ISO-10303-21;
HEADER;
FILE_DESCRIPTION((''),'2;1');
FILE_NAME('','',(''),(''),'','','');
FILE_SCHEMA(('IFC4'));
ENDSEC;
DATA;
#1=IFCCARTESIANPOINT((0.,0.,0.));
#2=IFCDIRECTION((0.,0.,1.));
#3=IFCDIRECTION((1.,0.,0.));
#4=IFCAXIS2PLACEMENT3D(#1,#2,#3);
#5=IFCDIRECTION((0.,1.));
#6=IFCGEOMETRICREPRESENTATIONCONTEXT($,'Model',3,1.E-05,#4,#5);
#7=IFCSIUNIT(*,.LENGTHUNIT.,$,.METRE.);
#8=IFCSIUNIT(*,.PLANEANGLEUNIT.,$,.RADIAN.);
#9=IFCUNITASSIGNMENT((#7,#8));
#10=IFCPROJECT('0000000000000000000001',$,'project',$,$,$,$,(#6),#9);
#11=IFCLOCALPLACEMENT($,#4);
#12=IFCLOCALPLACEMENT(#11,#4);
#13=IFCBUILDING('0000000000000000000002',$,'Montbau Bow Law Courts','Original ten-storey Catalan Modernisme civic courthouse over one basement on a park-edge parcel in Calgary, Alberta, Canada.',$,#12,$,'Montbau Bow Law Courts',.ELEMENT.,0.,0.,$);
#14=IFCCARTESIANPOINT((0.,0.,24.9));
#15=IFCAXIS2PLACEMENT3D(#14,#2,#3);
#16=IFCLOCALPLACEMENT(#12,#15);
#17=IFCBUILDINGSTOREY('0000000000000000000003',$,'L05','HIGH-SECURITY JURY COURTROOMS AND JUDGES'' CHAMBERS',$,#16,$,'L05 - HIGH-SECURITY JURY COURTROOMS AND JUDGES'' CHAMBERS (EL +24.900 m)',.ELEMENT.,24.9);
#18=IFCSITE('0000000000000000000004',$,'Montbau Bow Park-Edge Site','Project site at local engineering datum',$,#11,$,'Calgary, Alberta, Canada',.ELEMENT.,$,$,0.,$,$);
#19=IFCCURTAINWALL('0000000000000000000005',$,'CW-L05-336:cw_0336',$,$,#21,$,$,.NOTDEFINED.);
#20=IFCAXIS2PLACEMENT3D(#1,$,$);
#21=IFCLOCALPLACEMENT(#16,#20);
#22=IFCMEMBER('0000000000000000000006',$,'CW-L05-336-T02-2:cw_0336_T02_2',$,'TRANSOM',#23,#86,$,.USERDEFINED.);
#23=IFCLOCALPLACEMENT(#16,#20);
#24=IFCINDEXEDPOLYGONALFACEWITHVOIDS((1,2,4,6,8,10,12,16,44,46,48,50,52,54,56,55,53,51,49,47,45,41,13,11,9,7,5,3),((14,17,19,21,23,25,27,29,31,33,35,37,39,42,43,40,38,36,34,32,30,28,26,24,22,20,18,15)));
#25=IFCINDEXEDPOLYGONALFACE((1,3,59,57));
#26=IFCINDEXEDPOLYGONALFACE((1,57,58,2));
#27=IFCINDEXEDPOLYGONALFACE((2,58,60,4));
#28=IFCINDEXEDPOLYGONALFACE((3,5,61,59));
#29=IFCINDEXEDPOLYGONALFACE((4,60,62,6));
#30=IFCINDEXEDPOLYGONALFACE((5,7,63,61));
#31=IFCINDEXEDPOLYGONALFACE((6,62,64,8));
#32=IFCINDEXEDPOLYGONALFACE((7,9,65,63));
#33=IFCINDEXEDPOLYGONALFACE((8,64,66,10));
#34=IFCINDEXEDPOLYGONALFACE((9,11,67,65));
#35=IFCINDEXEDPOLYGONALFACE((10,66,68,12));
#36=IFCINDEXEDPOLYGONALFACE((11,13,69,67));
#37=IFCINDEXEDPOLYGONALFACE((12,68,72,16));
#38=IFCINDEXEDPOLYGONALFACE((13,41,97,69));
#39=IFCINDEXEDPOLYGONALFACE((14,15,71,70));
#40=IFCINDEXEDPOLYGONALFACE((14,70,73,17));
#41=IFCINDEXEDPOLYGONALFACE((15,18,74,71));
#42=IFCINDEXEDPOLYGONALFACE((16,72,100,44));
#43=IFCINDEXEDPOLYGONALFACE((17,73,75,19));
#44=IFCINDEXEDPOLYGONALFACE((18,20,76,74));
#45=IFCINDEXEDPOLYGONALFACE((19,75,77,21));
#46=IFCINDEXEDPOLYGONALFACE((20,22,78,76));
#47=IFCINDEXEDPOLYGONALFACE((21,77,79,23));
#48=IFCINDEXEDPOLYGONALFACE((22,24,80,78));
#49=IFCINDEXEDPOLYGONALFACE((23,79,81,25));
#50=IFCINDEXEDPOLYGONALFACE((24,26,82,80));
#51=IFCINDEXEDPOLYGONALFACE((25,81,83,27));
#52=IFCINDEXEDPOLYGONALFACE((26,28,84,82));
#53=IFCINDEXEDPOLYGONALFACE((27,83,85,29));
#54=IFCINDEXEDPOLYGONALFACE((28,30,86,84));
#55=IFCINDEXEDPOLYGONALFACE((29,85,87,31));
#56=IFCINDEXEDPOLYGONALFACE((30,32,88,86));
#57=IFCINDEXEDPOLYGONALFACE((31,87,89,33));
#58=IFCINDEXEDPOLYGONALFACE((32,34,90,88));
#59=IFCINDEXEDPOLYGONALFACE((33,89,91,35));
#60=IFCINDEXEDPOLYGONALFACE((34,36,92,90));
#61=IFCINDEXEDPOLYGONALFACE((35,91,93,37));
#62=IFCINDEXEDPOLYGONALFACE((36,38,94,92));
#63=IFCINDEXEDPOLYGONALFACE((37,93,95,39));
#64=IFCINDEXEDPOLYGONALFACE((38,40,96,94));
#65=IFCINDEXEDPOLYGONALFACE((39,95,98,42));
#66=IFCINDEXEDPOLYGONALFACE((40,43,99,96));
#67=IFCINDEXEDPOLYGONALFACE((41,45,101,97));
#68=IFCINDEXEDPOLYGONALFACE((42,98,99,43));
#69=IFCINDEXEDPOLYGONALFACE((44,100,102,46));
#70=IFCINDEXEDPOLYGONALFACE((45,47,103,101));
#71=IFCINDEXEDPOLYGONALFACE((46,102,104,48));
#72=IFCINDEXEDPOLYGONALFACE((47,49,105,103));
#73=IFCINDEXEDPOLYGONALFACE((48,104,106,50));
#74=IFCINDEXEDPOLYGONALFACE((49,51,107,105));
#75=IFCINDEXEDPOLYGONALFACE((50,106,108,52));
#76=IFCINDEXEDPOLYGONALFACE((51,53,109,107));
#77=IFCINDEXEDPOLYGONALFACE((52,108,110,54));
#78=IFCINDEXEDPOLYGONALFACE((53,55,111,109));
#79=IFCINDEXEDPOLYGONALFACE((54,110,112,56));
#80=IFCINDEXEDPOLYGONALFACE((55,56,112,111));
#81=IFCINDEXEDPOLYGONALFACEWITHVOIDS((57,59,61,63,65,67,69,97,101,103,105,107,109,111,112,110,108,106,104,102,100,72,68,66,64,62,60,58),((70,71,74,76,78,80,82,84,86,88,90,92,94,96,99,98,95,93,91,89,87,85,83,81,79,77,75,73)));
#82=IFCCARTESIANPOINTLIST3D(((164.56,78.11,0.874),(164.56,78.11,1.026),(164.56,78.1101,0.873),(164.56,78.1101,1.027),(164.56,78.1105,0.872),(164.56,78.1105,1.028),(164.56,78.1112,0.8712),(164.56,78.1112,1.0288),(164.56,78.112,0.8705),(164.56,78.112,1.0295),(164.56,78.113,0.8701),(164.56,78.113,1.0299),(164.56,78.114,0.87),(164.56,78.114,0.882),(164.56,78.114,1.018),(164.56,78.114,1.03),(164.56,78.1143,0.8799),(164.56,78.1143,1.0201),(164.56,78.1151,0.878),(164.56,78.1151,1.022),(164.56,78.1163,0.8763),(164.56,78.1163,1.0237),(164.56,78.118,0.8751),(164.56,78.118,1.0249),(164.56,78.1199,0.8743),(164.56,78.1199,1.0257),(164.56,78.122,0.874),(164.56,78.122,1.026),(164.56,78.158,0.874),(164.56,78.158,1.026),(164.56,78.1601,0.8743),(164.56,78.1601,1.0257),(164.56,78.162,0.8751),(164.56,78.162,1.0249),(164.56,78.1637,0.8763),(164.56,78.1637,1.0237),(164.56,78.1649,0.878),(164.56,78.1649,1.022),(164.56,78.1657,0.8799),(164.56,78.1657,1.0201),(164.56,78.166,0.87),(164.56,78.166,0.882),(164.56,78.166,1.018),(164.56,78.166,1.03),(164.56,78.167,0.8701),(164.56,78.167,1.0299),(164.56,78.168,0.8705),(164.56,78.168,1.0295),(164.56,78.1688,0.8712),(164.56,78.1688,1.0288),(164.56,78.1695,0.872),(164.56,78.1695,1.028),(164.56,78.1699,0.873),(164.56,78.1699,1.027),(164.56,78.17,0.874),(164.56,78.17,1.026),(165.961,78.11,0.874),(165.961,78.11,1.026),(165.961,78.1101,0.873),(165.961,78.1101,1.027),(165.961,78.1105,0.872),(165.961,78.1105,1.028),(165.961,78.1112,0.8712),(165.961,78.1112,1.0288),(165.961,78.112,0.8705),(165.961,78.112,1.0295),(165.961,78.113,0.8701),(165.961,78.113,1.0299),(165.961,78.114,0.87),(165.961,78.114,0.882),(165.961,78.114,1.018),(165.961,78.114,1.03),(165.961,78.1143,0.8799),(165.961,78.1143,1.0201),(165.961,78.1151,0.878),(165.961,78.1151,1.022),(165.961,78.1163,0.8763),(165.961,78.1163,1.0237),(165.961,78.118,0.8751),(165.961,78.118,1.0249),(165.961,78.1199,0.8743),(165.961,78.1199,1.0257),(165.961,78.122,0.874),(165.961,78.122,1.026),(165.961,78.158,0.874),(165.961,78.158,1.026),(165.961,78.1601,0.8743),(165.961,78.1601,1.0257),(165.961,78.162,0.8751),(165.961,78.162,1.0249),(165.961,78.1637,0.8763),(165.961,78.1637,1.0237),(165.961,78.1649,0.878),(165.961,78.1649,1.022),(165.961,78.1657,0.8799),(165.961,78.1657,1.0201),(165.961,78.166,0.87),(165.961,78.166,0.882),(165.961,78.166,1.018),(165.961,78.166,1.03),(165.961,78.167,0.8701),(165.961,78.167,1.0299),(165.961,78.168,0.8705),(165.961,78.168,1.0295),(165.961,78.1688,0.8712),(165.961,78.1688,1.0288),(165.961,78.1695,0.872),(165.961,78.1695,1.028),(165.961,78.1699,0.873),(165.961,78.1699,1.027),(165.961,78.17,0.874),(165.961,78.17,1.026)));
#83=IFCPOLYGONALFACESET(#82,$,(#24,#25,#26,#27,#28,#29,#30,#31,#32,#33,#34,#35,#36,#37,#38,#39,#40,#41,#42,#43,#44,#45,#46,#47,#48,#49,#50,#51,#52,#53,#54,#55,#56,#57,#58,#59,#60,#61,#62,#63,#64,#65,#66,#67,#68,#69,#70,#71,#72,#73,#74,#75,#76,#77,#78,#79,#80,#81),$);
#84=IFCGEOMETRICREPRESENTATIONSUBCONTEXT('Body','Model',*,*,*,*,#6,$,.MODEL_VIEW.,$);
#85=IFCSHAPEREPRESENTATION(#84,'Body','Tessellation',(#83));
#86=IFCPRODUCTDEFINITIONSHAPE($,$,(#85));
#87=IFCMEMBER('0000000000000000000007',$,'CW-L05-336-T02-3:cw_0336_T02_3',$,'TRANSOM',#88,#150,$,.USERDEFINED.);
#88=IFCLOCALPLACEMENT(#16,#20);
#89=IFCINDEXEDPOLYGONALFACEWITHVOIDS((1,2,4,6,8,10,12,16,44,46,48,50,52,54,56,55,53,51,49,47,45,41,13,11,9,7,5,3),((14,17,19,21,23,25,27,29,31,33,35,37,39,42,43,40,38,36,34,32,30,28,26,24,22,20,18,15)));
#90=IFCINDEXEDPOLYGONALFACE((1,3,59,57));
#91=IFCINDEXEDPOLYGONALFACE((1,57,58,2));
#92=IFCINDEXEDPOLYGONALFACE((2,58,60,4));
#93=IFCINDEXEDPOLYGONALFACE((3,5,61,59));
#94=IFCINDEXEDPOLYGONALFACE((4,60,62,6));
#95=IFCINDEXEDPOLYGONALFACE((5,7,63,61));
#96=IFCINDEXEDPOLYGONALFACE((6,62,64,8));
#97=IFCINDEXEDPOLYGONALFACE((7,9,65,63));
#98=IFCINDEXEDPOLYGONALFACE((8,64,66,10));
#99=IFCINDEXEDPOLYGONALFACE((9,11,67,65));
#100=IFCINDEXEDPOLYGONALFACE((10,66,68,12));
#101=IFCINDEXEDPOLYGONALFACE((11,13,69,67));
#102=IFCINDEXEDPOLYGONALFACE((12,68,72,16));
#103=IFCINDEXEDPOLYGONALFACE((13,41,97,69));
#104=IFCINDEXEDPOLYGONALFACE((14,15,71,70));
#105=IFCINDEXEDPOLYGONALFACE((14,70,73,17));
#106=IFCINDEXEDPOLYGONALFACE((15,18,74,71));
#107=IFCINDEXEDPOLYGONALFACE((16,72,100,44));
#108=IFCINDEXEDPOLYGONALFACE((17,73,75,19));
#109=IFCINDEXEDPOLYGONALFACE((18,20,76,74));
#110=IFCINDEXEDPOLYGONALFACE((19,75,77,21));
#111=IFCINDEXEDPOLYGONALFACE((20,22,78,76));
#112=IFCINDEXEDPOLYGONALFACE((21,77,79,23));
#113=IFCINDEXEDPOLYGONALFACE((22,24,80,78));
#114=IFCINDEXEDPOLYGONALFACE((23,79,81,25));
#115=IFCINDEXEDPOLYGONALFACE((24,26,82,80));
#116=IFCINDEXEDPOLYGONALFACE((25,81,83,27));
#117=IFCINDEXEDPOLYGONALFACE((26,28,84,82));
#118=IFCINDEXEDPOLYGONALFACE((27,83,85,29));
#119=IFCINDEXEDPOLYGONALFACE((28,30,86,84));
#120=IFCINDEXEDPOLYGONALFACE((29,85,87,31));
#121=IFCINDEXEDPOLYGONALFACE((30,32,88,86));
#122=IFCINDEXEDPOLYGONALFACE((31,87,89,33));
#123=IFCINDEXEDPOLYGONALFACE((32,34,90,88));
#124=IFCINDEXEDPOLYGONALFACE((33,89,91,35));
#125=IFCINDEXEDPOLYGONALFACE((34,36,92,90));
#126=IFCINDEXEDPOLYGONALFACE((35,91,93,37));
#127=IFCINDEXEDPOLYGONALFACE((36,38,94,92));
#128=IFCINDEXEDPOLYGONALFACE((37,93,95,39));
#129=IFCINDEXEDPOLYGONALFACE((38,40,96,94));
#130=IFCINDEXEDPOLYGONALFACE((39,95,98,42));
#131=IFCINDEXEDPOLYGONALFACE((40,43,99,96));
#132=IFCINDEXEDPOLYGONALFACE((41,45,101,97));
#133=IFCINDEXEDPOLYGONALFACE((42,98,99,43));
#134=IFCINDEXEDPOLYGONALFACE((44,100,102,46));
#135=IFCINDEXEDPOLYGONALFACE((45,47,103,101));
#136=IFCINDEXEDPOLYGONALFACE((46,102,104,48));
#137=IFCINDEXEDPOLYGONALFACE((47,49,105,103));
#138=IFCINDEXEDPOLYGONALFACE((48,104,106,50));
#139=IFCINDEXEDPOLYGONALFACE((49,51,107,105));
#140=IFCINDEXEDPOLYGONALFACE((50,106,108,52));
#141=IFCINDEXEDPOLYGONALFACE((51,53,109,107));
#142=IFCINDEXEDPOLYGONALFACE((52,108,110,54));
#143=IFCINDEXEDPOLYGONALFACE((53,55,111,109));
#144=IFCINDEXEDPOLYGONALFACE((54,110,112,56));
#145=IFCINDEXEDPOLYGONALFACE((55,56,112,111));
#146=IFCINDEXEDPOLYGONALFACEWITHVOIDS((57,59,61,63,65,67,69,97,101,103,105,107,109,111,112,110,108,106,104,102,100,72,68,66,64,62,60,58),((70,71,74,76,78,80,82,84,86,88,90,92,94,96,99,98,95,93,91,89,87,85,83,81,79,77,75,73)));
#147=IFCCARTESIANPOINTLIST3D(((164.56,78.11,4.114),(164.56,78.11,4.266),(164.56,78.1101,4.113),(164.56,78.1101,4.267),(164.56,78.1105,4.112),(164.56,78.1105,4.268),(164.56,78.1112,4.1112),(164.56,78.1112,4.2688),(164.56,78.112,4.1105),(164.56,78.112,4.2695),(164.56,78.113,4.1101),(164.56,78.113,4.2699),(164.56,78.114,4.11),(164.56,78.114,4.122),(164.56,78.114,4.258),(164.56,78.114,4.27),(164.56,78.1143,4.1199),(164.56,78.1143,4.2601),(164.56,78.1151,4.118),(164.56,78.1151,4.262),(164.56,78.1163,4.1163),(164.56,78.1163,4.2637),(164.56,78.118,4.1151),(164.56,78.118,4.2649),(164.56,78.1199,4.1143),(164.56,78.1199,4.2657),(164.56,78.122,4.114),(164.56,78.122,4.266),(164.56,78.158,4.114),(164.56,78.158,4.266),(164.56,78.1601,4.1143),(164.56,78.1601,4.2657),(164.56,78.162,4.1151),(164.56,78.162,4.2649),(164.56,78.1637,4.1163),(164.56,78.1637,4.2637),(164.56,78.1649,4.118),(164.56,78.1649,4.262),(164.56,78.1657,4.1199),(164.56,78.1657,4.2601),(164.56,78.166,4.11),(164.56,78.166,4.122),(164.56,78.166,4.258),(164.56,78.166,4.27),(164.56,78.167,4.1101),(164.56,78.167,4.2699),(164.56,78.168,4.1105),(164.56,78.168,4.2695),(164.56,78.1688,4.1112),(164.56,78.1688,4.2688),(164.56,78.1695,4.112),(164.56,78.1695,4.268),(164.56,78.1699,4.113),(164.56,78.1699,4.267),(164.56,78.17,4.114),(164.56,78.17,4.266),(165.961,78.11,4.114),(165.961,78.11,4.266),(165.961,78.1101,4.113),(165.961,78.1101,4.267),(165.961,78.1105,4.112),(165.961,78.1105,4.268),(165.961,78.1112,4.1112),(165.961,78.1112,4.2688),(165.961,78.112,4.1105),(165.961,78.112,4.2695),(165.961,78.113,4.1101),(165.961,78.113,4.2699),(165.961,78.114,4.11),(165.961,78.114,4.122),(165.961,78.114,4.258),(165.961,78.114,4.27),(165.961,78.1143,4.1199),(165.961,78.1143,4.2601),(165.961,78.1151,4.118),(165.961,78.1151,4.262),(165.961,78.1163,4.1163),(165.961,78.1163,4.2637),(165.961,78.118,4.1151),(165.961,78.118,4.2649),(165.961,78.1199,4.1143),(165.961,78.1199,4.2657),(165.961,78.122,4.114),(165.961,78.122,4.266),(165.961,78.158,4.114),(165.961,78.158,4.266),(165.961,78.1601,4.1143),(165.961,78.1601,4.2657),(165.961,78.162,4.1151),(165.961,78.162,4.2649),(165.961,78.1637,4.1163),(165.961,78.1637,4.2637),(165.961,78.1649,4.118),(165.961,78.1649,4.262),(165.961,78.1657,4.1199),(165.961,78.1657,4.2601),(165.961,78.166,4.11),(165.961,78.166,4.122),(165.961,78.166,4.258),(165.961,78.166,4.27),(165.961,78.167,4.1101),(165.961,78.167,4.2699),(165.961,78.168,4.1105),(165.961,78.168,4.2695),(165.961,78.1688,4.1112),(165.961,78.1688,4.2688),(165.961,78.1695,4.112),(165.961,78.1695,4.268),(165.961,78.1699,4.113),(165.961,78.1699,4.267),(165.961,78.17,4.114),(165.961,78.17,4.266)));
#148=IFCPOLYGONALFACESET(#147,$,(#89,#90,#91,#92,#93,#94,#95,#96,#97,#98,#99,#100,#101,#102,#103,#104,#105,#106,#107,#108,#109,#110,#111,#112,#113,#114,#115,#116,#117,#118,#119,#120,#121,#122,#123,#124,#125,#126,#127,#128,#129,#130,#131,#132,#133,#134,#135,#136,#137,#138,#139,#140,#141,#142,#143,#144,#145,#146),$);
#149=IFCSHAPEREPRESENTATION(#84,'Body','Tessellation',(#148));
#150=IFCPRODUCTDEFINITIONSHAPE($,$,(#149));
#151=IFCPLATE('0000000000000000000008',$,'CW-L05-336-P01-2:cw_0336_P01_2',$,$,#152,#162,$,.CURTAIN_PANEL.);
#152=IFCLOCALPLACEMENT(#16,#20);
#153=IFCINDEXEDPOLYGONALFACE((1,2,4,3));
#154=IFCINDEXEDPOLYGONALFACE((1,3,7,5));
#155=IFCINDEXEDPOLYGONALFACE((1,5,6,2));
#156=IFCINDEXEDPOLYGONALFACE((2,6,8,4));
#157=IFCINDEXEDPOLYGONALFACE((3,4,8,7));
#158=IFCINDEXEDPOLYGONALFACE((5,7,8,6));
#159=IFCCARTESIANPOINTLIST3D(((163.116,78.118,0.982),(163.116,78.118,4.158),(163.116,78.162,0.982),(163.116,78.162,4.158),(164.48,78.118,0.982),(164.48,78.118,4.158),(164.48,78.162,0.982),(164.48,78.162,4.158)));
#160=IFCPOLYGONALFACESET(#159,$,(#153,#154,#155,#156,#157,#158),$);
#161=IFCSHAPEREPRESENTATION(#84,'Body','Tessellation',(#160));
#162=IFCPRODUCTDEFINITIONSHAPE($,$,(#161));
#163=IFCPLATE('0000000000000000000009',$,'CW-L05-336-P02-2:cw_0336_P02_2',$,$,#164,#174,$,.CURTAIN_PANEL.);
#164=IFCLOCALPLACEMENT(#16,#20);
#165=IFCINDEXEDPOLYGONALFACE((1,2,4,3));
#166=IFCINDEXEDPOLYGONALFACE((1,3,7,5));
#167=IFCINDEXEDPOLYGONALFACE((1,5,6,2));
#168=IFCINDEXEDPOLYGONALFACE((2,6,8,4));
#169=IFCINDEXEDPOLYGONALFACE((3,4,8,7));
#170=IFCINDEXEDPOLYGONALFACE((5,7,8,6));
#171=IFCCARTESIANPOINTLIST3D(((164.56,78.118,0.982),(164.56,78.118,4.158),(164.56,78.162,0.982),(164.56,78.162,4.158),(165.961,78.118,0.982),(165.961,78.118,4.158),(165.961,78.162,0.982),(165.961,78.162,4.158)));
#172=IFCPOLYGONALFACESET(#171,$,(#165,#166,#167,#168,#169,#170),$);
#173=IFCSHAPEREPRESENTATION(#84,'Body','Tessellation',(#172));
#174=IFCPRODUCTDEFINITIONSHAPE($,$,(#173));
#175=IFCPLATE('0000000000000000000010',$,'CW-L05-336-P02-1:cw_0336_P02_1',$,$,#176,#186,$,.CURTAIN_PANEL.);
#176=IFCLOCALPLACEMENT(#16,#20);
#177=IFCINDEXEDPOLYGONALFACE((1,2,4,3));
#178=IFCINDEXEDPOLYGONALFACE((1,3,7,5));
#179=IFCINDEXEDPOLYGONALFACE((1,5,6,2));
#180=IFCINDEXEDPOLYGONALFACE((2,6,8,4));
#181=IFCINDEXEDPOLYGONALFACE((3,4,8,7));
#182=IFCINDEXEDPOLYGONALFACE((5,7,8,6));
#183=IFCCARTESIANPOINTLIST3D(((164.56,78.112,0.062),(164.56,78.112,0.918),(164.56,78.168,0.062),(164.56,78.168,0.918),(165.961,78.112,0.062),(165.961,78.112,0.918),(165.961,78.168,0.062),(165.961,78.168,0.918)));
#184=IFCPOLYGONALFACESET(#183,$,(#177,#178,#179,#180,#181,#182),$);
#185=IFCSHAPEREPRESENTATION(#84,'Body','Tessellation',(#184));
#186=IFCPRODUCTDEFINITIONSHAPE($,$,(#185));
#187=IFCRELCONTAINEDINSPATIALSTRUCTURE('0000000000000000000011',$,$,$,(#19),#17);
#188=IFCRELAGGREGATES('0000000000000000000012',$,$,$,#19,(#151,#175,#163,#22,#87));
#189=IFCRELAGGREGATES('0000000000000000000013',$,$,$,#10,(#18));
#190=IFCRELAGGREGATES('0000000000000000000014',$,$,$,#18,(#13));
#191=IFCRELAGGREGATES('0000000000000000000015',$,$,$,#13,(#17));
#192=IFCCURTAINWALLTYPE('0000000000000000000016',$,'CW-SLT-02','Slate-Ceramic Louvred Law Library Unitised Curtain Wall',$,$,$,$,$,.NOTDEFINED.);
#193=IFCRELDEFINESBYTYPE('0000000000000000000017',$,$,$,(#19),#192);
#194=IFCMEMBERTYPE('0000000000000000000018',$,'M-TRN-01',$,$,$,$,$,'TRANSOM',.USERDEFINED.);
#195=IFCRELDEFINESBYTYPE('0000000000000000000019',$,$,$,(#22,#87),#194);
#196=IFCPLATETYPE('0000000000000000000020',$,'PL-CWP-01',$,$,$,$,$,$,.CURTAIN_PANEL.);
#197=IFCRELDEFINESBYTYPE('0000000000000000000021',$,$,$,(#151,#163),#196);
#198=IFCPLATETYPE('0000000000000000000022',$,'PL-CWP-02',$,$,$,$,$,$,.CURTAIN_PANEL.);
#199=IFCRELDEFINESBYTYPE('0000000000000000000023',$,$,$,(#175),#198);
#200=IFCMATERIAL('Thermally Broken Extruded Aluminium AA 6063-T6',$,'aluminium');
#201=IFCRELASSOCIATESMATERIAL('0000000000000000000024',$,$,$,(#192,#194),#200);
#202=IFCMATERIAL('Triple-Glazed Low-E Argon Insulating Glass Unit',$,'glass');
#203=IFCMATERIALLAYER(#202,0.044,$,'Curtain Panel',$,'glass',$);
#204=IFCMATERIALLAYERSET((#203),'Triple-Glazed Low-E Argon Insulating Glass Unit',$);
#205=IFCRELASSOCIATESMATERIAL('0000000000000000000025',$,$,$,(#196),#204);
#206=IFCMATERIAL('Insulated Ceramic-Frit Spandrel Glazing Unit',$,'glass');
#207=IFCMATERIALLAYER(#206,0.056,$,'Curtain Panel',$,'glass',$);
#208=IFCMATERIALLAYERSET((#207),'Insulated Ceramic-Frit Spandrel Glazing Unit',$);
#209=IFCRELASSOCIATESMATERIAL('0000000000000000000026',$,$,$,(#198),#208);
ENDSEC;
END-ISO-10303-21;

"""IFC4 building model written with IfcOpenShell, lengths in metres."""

from ifc_helpers import new_model, si_unit, direction, frame, frame_2d, origin_with_axes, origin_2d_with_axis, place, context, subcontext, project, spatial, rectangle, hollow_rectangle, extrude, material, layer, layer_set, material_profile, profile_set, type_object, element, aggregate, save


model = new_model("IFC4")

# Units and contexts
model_context = context("Model", 3, precision=1e-05, world=origin_with_axes(), true_north=direction((0.0, 1.0)))
body_context = subcontext(model_context, "Body", "Model", "MODEL_VIEW")
ifc_project = project(units=[si_unit("LENGTHUNIT", "METRE"), si_unit("PLANEANGLEUNIT", "RADIAN")], contexts=[model_context])

# Site, building, storey
site_placement = place(None, origin_with_axes())
site = spatial("IfcSite", under=ifc_project, at=site_placement, Name="Montbau Bow Park-Edge Site", Description="Project site at local engineering datum", LongName="Calgary, Alberta, Canada", CompositionType="ELEMENT", RefElevation=0.0)
building_placement = place(site_placement, origin_with_axes())
building = spatial("IfcBuilding", under=site, at=building_placement, Name="Montbau Bow Law Courts", Description="Original ten-storey Catalan Modernisme civic courthouse over one basement on a park-edge parcel in Calgary, Alberta, Canada.", LongName="Montbau Bow Law Courts", CompositionType="ELEMENT", ElevationOfRefHeight=0.0, ElevationOfTerrain=0.0)
storey_placement = place(building_placement, frame((0.0, 0.0, 24.9), z_axis=(0.0, 0.0, 1.0), x_axis=(1.0, 0.0, 0.0)))
storey = spatial("IfcBuildingStorey", under=building, at=storey_placement, Name="L05", Description="HIGH-SECURITY JURY COURTROOMS AND JUDGES' CHAMBERS", LongName="L05 - HIGH-SECURITY JURY COURTROOMS AND JUDGES' CHAMBERS (EL +24.900 m)", CompositionType="ELEMENT", Elevation=24.9)

# Curtain wall, members, plates
ifc_material_1 = material(Name="Thermally Broken Extruded Aluminium AA 6063-T6", Category="aluminium")
curtain_wall_type = type_object("IfcCurtainWallType", Name="CW-SLT-02", Description="Slate-Ceramic Louvred Law Library Unitised Curtain Wall", PredefinedType="NOTDEFINED", material=ifc_material_1)
curtain_wall_placement = place(None, frame((163.04, 78.14, 24.9), z_axis=(0.0, 0.0, 1.0), x_axis=(1.0, 0.0, 0.0)))
curtain_wall = element("IfcCurtainWall", 1, at=curtain_wall_placement, inside=storey, type_object=curtain_wall_type, Name="CW-L05-336:cw_0336", PredefinedType="NOTDEFINED")
ifc_material_profile_1 = material_profile(ifc_material_1, hollow_rectangle(XDim=0.06, YDim=0.16, WallThickness=0.004, InnerFilletRadius=0.008, OuterFilletRadius=0.004, at=origin_2d_with_axis()), Name="CWT-160X60", Category="Main", Priority=0)
ifc_profile_set_1 = profile_set([ifc_material_profile_1], Name="Thermally Broken Extruded Aluminium AA 6063-T6")
member_type_1 = type_object("IfcMemberType", Name="M-TRN-01", ElementType="TRANSOM", PredefinedType="USERDEFINED", material=ifc_profile_set_1)
member_1_placement = place(None, frame((164.56, 78.14, 25.85), z_axis=(1.0, 0.0, 0.0), x_axis=(0.0, 1.0, 0.0)))
member_1 = element("IfcMember", 2, at=member_1_placement, type_object=member_type_1, Name="CW-L05-336-T02-2:cw_0336_T02_2", ObjectType="TRANSOM", PredefinedType="USERDEFINED", context=body_context, shape_type="SweptSolid", body=[
    extrude(hollow_rectangle(XDim=0.06, YDim=0.16, WallThickness=0.004, InnerFilletRadius=0.008, OuterFilletRadius=0.004, at=origin_2d_with_axis()), origin_with_axes(), (0.0, 0.0, 1.0), 1.401),
])
member_2_placement = place(None, frame((164.56, 78.14, 29.09), z_axis=(1.0, 0.0, 0.0), x_axis=(0.0, 1.0, 0.0)))
member_2 = element("IfcMember", 3, at=member_2_placement, type_object=member_type_1, Name="CW-L05-336-T02-3:cw_0336_T02_3", ObjectType="TRANSOM", PredefinedType="USERDEFINED", context=body_context, shape_type="SweptSolid", body=[
    extrude(hollow_rectangle(XDim=0.06, YDim=0.16, WallThickness=0.004, InnerFilletRadius=0.008, OuterFilletRadius=0.004, at=origin_2d_with_axis()), origin_with_axes(), (0.0, 0.0, 1.0), 1.401),
])
ifc_material_2 = material(Name="Triple-Glazed Low-E Argon Insulating Glass Unit", Category="glass")
ifc_layer_1 = layer(ifc_material_2, 0.044, Name="Curtain Panel", Category="glass")
ifc_layer_set_1 = layer_set([ifc_layer_1], Name="Triple-Glazed Low-E Argon Insulating Glass Unit")
plate_type_1 = type_object("IfcPlateType", Name="PL-CWP-01", PredefinedType="CURTAIN_PANEL", material=ifc_layer_set_1)
plate_1_placement = place(None, frame((163.116, 78.14, 25.882), z_axis=(0.0, -1.0, 0.0), x_axis=(1.0, 0.0, 0.0)))
plate_1 = element("IfcPlate", 4, at=plate_1_placement, type_object=plate_type_1, Name="CW-L05-336-P01-2:cw_0336_P01_2", PredefinedType="CURTAIN_PANEL", context=body_context, shape_type="SweptSolid", body=[
    extrude(rectangle(XDim=1.364, YDim=3.176, at=frame_2d((0.682, 1.588), x_axis=(1.0, 0.0))), frame((0.0, 0.0, -0.022), z_axis=(0.0, 0.0, 1.0), x_axis=(1.0, 0.0, 0.0)), (0.0, 0.0, 1.0), 0.044),
])
plate_2_placement = place(None, frame((164.56, 78.14, 25.882), z_axis=(0.0, -1.0, 0.0), x_axis=(1.0, 0.0, 0.0)))
plate_2 = element("IfcPlate", 5, at=plate_2_placement, type_object=plate_type_1, Name="CW-L05-336-P02-2:cw_0336_P02_2", PredefinedType="CURTAIN_PANEL", context=body_context, shape_type="SweptSolid", body=[
    extrude(rectangle(XDim=1.401, YDim=3.176, at=frame_2d((0.7005, 1.588), x_axis=(1.0, 0.0))), frame((0.0, 0.0, -0.022), z_axis=(0.0, 0.0, 1.0), x_axis=(1.0, 0.0, 0.0)), (0.0, 0.0, 1.0), 0.044),
])
ifc_material_3 = material(Name="Insulated Ceramic-Frit Spandrel Glazing Unit", Category="glass")
ifc_layer_2 = layer(ifc_material_3, 0.056, Name="Curtain Panel", Category="glass")
ifc_layer_set_2 = layer_set([ifc_layer_2], Name="Insulated Ceramic-Frit Spandrel Glazing Unit")
plate_type_2 = type_object("IfcPlateType", Name="PL-CWP-02", PredefinedType="CURTAIN_PANEL", material=ifc_layer_set_2)
plate_3_placement = place(None, frame((164.56, 78.14, 24.962), z_axis=(0.0, -1.0, 0.0), x_axis=(1.0, 0.0, 0.0)))
plate_3 = element("IfcPlate", 6, at=plate_3_placement, type_object=plate_type_2, Name="CW-L05-336-P02-1:cw_0336_P02_1", PredefinedType="CURTAIN_PANEL", context=body_context, shape_type="SweptSolid", body=[
    extrude(rectangle(XDim=1.401, YDim=0.856, at=frame_2d((0.7005, 0.428), x_axis=(1.0, 0.0))), frame((0.0, 0.0, -0.028), z_axis=(0.0, 0.0, 1.0), x_axis=(1.0, 0.0, 0.0)), (0.0, 0.0, 1.0), 0.056),
])
aggregate(curtain_wall, [plate_1, plate_3, plate_2, member_1, member_2])

save(model, "model.ifc")
